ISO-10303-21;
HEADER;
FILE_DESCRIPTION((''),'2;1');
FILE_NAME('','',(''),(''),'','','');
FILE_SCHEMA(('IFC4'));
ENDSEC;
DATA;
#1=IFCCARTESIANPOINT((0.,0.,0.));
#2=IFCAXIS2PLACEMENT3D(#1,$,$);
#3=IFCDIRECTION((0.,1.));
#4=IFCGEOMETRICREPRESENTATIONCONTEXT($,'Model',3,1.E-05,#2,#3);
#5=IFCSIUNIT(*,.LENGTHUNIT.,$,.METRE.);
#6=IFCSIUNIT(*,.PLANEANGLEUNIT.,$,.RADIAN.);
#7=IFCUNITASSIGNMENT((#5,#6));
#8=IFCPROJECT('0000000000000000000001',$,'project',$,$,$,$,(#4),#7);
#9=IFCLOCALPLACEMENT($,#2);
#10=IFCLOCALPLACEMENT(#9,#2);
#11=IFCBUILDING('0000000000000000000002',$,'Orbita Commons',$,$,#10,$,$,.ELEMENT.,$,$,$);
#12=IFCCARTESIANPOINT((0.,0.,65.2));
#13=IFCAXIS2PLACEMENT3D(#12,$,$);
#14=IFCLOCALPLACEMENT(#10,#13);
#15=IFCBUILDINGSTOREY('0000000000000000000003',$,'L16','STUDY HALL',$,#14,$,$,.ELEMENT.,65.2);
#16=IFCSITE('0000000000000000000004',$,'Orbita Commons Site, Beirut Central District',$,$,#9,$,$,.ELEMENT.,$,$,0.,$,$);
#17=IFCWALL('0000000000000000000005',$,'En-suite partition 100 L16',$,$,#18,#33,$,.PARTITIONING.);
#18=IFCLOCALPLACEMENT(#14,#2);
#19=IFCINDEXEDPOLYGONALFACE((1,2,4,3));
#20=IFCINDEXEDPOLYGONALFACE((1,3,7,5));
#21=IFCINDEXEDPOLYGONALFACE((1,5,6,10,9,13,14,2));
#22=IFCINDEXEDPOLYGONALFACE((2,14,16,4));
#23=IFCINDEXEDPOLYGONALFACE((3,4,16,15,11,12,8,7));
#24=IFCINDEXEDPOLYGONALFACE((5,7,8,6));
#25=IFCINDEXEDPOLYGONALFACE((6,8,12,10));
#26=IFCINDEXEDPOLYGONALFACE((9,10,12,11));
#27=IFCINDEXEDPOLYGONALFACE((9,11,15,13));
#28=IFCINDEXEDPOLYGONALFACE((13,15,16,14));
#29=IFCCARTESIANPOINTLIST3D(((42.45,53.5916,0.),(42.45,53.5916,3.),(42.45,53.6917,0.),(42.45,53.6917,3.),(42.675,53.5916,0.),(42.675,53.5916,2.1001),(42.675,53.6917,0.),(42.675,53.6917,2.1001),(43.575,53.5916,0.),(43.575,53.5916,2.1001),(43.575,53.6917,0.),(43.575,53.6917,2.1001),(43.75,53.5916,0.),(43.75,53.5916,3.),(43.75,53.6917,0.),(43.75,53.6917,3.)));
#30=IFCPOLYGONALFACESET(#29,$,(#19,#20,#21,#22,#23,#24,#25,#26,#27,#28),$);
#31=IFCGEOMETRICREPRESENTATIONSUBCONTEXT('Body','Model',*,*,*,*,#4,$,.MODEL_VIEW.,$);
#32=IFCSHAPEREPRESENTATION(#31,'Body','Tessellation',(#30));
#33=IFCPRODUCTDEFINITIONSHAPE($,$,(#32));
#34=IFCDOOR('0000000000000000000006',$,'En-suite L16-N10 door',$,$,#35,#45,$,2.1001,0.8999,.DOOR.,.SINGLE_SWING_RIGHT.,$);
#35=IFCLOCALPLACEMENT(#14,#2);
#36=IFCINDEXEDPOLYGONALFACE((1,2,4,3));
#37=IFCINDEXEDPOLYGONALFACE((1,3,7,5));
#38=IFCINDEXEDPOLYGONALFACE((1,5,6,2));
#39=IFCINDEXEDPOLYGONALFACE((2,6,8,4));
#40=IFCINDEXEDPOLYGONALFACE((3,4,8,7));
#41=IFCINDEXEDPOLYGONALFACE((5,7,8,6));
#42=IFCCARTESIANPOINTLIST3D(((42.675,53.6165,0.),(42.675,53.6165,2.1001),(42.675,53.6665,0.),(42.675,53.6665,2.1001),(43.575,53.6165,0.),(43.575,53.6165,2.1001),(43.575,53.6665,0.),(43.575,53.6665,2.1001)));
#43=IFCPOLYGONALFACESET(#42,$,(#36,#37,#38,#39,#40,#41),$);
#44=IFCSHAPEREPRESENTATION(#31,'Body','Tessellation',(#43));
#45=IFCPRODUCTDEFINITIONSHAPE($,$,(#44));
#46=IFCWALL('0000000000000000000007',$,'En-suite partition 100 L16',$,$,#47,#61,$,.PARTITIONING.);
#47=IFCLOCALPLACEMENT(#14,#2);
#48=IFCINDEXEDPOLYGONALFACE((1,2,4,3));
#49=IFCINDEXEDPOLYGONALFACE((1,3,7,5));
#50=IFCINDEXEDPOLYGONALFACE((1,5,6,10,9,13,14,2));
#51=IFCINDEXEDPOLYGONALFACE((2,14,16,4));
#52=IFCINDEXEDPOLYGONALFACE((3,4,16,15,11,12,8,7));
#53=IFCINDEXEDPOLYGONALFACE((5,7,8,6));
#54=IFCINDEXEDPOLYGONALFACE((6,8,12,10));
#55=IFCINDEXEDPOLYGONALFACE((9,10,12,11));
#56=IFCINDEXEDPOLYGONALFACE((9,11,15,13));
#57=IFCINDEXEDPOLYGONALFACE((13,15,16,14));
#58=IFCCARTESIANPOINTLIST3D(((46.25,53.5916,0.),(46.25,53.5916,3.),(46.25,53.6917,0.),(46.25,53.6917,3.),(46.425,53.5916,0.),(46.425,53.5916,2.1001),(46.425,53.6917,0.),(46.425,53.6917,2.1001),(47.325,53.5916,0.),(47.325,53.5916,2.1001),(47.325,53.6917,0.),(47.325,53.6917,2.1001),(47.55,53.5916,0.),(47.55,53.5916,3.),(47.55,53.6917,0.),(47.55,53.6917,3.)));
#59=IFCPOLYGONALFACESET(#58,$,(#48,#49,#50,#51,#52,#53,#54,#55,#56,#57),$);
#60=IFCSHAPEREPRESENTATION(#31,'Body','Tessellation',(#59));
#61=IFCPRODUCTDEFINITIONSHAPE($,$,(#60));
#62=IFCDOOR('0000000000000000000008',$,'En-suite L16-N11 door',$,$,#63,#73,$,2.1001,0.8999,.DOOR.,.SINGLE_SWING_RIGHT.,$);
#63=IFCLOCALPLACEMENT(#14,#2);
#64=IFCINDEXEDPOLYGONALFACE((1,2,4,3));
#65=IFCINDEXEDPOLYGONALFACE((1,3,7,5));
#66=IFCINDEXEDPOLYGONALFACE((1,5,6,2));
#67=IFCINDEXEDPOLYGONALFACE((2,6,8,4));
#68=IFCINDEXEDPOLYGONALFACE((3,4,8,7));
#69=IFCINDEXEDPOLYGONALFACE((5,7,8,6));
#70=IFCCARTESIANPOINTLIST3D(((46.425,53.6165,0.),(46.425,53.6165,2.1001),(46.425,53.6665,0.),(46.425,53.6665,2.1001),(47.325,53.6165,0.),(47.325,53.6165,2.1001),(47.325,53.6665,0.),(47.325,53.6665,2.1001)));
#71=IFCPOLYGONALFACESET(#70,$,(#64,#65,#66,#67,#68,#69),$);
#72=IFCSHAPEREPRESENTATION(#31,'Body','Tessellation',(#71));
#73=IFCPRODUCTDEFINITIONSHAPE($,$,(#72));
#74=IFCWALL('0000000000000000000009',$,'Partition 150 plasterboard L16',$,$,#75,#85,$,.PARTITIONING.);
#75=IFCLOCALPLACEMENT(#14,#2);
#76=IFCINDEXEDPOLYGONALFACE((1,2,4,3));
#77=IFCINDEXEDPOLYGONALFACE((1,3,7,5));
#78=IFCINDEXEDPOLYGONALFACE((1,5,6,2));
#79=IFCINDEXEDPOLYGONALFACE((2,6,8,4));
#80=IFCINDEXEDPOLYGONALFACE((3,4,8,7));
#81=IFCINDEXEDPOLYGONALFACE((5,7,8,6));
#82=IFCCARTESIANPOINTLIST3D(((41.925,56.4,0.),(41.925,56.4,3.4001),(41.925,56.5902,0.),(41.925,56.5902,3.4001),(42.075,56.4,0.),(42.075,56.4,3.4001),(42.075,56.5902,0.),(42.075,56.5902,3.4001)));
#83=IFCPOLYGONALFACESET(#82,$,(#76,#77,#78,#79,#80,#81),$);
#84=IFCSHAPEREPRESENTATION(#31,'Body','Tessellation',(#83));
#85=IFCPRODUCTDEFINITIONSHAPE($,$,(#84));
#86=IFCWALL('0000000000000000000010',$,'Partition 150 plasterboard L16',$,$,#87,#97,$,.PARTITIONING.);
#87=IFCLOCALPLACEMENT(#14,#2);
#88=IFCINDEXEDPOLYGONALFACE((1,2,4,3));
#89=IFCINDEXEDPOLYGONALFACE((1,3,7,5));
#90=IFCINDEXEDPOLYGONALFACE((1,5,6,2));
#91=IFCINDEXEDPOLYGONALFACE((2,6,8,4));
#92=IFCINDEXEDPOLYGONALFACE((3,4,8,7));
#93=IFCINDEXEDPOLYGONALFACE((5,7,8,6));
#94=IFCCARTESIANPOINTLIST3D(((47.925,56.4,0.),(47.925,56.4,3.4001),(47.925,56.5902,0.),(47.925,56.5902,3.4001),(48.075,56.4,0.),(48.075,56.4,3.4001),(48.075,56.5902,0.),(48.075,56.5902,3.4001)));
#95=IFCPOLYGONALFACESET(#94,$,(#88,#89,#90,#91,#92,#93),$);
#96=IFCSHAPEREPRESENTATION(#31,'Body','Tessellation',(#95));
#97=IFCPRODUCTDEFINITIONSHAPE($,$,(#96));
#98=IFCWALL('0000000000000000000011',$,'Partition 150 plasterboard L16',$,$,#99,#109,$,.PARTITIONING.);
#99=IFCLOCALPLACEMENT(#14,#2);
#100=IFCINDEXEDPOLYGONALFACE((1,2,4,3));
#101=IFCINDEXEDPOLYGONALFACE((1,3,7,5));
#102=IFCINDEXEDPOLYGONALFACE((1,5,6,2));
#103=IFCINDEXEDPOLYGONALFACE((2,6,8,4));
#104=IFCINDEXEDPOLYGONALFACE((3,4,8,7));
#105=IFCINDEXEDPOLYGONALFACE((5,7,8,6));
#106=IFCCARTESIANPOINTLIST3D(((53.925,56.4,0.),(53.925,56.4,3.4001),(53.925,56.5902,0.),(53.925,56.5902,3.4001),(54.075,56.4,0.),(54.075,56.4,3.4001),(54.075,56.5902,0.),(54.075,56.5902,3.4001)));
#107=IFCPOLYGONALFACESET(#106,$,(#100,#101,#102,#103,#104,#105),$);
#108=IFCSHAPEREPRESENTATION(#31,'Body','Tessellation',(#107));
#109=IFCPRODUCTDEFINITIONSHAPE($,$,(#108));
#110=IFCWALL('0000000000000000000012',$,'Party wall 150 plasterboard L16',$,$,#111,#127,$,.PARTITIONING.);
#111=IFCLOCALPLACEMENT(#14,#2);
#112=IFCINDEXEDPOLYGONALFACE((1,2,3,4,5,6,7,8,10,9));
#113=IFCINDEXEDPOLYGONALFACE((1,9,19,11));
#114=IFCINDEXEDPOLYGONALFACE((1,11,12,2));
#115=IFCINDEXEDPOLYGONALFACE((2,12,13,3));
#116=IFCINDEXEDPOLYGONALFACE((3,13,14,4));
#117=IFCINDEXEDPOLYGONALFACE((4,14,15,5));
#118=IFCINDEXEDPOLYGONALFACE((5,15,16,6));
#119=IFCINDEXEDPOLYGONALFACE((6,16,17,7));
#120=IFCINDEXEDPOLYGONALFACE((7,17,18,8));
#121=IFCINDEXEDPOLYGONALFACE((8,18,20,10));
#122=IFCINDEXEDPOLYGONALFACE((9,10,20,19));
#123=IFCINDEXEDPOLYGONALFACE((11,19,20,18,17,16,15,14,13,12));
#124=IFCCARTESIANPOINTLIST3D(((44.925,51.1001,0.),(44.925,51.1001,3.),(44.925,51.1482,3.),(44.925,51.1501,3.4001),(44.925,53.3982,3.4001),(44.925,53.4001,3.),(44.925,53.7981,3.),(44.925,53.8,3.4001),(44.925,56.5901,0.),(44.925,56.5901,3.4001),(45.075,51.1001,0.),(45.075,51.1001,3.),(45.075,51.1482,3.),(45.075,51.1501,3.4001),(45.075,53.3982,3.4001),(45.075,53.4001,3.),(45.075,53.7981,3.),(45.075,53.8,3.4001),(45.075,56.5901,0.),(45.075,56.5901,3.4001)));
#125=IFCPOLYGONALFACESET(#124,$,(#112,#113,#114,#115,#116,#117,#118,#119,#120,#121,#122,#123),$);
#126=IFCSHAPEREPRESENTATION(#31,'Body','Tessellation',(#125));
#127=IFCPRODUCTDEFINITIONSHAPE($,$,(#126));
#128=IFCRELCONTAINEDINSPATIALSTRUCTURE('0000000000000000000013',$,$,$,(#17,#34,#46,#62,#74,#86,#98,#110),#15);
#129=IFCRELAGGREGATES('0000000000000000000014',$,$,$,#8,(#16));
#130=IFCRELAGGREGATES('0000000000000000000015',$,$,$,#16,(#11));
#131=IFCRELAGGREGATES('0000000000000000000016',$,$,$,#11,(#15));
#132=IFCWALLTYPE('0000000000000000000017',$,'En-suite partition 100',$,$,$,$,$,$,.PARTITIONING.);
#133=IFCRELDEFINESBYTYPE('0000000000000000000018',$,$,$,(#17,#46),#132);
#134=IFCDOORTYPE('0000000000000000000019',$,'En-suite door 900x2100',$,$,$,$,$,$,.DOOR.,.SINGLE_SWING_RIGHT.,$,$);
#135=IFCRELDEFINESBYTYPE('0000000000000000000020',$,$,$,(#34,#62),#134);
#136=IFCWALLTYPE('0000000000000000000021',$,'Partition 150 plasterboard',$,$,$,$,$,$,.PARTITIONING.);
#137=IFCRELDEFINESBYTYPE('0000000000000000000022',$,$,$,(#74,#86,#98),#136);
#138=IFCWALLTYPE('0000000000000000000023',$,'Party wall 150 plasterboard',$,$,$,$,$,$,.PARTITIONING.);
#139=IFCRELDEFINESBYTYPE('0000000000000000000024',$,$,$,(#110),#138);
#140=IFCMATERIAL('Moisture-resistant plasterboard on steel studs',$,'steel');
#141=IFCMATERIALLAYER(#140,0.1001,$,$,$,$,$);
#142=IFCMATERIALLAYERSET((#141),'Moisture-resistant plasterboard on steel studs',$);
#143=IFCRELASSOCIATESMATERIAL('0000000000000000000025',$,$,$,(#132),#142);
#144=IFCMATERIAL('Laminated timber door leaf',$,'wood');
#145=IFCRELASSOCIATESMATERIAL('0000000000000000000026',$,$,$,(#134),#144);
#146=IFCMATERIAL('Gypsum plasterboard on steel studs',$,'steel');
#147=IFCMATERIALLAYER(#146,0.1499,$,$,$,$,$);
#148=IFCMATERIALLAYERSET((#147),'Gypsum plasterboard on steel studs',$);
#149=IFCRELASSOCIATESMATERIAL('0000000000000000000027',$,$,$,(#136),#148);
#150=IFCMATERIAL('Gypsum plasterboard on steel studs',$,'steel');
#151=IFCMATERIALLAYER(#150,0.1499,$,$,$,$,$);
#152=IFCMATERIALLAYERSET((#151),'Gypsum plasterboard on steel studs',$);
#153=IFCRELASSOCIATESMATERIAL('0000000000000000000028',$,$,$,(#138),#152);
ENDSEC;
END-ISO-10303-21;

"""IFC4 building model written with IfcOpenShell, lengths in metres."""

from ifc_helpers import new_model, si_unit, direction, frame, frame_2d, origin, place, context, subcontext, project, spatial, polyline, rectangle, outline, extrude, material, layer, layer_set, type_object, element, fill, save


model = new_model("IFC4")

# Units and contexts
model_context = context("Model", 3, precision=1e-05, world=origin(), true_north=direction((0.0, 1.0)))
body_context = subcontext(model_context, "Body", "Model", "MODEL_VIEW")
ifc_project = project(units=[si_unit("LENGTHUNIT", "METRE"), si_unit("PLANEANGLEUNIT", "RADIAN")], contexts=[model_context])

# Site, building, storey
site_placement = place(None, origin())
site = spatial("IfcSite", under=ifc_project, at=site_placement, Name="Orbita Commons Site, Beirut Central District", CompositionType="ELEMENT", RefElevation=0.0)
building_placement = place(site_placement, origin())
building = spatial("IfcBuilding", under=site, at=building_placement, Name="Orbita Commons", CompositionType="ELEMENT")
storey_placement = place(building_placement, frame((0.0, 0.0, 65.2)))
storey = spatial("IfcBuildingStorey", under=building, at=storey_placement, Name="L16", Description="STUDY HALL", CompositionType="ELEMENT", Elevation=65.2)

# Walls, openings, doors
ifc_material_1 = material(Name="Moisture-resistant plasterboard on steel studs", Category="steel")
ifc_layer_1 = layer(ifc_material_1, 0.1001)
ifc_layer_set_1 = layer_set([ifc_layer_1], Name="Moisture-resistant plasterboard on steel studs")
wall_type_1 = type_object("IfcWallType", Name="En-suite partition 100", PredefinedType="PARTITIONING", material=ifc_layer_set_1)
wall_1_placement = place(storey_placement, frame((42.45, 53.6416, 0.0), z_axis=(0.0, 0.0, 1.0), x_axis=(1.0, 0.0, 0.0)))
wall_1 = element("IfcWall", 1, at=wall_1_placement, inside=storey, type_object=wall_type_1, Name="En-suite partition 100 L16", PredefinedType="PARTITIONING", context=body_context, shape_type="SweptSolid", body=[
    extrude(outline(polyline([(0.0, 0.0), (1.3, 0.0), (1.3, 3.0), (0.0, 3.0), (0.0, 0.0)])), frame((0.0, 0.05, 0.0), z_axis=(0.0, -1.0, 0.0), x_axis=(1.0, 0.0, 0.0)), (0.0, 0.0, 1.0), 0.1001),
])
opening_1_placement = place(wall_1_placement, frame((0.2251, 0.0, 0.0)))
opening_1 = element("IfcOpeningElement", 2, at=opening_1_placement, cuts=wall_1, PredefinedType="OPENING", context=body_context, shape_type="SweptSolid", body=[
    extrude(rectangle(XDim=0.8999, YDim=2.1001, at=frame_2d((0.45, 1.05))), frame((0.0, 0.0601, 0.0), z_axis=(0.0, -1.0, 0.0), x_axis=(1.0, 0.0, 0.0)), (0.0, 0.0, 1.0), 0.1201),
])
ifc_material_2 = material(Name="Laminated timber door leaf", Category="wood")
door_type = type_object("IfcDoorType", Name="En-suite door 900x2100", OperationType="SINGLE_SWING_RIGHT", PredefinedType="DOOR", material=ifc_material_2)
door_1_placement = place(opening_1_placement, origin())
door_1 = element("IfcDoor", 3, at=door_1_placement, inside=storey, type_object=door_type, Name="En-suite L16-N10 door", OperationType="SINGLE_SWING_RIGHT", OverallHeight=2.1001, OverallWidth=0.8999, PredefinedType="DOOR", context=body_context, shape_type="SweptSolid", body=[
    extrude(rectangle(XDim=0.8999, YDim=2.1001, at=frame_2d((0.45, 1.05))), frame((0.0, 0.0249, 0.0), z_axis=(0.0, -1.0, 0.0), x_axis=(1.0, 0.0, 0.0)), (0.0, 0.0, 1.0), 0.05),
])
fill(opening_1, door_1)
wall_2_placement = place(storey_placement, frame((46.25, 53.6416, 0.0), z_axis=(0.0, 0.0, 1.0), x_axis=(1.0, 0.0, 0.0)))
wall_2 = element("IfcWall", 4, at=wall_2_placement, inside=storey, type_object=wall_type_1, Name="En-suite partition 100 L16", PredefinedType="PARTITIONING", context=body_context, shape_type="SweptSolid", body=[
    extrude(outline(polyline([(0.0, 0.0), (1.3, 0.0), (1.3, 3.0), (0.0, 3.0), (0.0, 0.0)])), frame((0.0, 0.05, 0.0), z_axis=(0.0, -1.0, 0.0), x_axis=(1.0, 0.0, 0.0)), (0.0, 0.0, 1.0), 0.1001),
])
opening_2_placement = place(wall_2_placement, frame((0.175, 0.0, 0.0)))
opening_2 = element("IfcOpeningElement", 5, at=opening_2_placement, cuts=wall_2, PredefinedType="OPENING", context=body_context, shape_type="SweptSolid", body=[
    extrude(rectangle(XDim=0.8999, YDim=2.1001, at=frame_2d((0.45, 1.05))), frame((0.0, 0.0601, 0.0), z_axis=(0.0, -1.0, 0.0), x_axis=(1.0, 0.0, 0.0)), (0.0, 0.0, 1.0), 0.1201),
])
door_2_placement = place(opening_2_placement, origin())
door_2 = element("IfcDoor", 6, at=door_2_placement, inside=storey, type_object=door_type, Name="En-suite L16-N11 door", OperationType="SINGLE_SWING_RIGHT", OverallHeight=2.1001, OverallWidth=0.8999, PredefinedType="DOOR", context=body_context, shape_type="SweptSolid", body=[
    extrude(rectangle(XDim=0.8999, YDim=2.1001, at=frame_2d((0.45, 1.05))), frame((0.0, 0.0249, 0.0), z_axis=(0.0, -1.0, 0.0), x_axis=(1.0, 0.0, 0.0)), (0.0, 0.0, 1.0), 0.05),
])
fill(opening_2, door_2)

# Walls
ifc_material_3 = material(Name="Gypsum plasterboard on steel studs", Category="steel")
ifc_layer_2 = layer(ifc_material_3, 0.1499)
ifc_layer_set_2 = layer_set([ifc_layer_2], Name="Gypsum plasterboard on steel studs")
wall_type_2 = type_object("IfcWallType", Name="Partition 150 plasterboard", PredefinedType="PARTITIONING", material=ifc_layer_set_2)
for number, where, z_axis, x_axis, name in (
    (7, (42.0, 56.3999, 0.0), (0.0, 0.0, 1.0), (0.0, 1.0, 0.0), "Partition 150 plasterboard L16"),
    (8, (48.0, 56.3999, 0.0), (0.0, 0.0, 1.0), (0.0, 1.0, 0.0), "Partition 150 plasterboard L16"),
    (9, (54.0, 56.3999, 0.0), (0.0, 0.0, 1.0), (0.0, 1.0, 0.0), "Partition 150 plasterboard L16"),
):
    element("IfcWall", number, at=place(storey_placement, frame(where, z_axis=z_axis, x_axis=x_axis)), inside=storey, type_object=wall_type_2, Name=name, PredefinedType="PARTITIONING", context=body_context, shape_type="SweptSolid", body=[
        extrude(rectangle(XDim=0.1902, YDim=0.1499, at=frame_2d((0.0952, 0.0))), origin(), (0.0, 0.0, 1.0), 3.4001),
    ])
ifc_material_4 = material(Name="Gypsum plasterboard on steel studs", Category="steel")
ifc_layer_3 = layer(ifc_material_4, 0.1499)
ifc_layer_set_3 = layer_set([ifc_layer_3], Name="Gypsum plasterboard on steel studs")
wall_type_3 = type_object("IfcWallType", Name="Party wall 150 plasterboard", PredefinedType="PARTITIONING", material=ifc_layer_set_3)
wall_3_placement = place(storey_placement, frame((45.0, 56.5901, 0.0), z_axis=(0.0, 0.0, 1.0), x_axis=(0.0, -1.0, 0.0)))
element("IfcWall", 10, at=wall_3_placement, inside=storey, type_object=wall_type_3, Name="Party wall 150 plasterboard L16", PredefinedType="PARTITIONING", context=body_context, shape_type="SweptSolid", body=[
    extrude(outline(polyline([(0.0, 0.0), (5.49, 0.0), (5.49, 3.0), (5.4419, 3.0), (5.4399, 3.4001), (3.1919, 3.4001), (3.1899, 3.0), (2.792, 3.0), (2.79, 3.4001), (0.0, 3.4001), (0.0, 0.0)])), frame((0.0, 0.075, 0.0), z_axis=(0.0, -1.0, 0.0), x_axis=(1.0, 0.0, 0.0)), (0.0, 0.0, 1.0), 0.1499),
])

save(model, "model.ifc")
